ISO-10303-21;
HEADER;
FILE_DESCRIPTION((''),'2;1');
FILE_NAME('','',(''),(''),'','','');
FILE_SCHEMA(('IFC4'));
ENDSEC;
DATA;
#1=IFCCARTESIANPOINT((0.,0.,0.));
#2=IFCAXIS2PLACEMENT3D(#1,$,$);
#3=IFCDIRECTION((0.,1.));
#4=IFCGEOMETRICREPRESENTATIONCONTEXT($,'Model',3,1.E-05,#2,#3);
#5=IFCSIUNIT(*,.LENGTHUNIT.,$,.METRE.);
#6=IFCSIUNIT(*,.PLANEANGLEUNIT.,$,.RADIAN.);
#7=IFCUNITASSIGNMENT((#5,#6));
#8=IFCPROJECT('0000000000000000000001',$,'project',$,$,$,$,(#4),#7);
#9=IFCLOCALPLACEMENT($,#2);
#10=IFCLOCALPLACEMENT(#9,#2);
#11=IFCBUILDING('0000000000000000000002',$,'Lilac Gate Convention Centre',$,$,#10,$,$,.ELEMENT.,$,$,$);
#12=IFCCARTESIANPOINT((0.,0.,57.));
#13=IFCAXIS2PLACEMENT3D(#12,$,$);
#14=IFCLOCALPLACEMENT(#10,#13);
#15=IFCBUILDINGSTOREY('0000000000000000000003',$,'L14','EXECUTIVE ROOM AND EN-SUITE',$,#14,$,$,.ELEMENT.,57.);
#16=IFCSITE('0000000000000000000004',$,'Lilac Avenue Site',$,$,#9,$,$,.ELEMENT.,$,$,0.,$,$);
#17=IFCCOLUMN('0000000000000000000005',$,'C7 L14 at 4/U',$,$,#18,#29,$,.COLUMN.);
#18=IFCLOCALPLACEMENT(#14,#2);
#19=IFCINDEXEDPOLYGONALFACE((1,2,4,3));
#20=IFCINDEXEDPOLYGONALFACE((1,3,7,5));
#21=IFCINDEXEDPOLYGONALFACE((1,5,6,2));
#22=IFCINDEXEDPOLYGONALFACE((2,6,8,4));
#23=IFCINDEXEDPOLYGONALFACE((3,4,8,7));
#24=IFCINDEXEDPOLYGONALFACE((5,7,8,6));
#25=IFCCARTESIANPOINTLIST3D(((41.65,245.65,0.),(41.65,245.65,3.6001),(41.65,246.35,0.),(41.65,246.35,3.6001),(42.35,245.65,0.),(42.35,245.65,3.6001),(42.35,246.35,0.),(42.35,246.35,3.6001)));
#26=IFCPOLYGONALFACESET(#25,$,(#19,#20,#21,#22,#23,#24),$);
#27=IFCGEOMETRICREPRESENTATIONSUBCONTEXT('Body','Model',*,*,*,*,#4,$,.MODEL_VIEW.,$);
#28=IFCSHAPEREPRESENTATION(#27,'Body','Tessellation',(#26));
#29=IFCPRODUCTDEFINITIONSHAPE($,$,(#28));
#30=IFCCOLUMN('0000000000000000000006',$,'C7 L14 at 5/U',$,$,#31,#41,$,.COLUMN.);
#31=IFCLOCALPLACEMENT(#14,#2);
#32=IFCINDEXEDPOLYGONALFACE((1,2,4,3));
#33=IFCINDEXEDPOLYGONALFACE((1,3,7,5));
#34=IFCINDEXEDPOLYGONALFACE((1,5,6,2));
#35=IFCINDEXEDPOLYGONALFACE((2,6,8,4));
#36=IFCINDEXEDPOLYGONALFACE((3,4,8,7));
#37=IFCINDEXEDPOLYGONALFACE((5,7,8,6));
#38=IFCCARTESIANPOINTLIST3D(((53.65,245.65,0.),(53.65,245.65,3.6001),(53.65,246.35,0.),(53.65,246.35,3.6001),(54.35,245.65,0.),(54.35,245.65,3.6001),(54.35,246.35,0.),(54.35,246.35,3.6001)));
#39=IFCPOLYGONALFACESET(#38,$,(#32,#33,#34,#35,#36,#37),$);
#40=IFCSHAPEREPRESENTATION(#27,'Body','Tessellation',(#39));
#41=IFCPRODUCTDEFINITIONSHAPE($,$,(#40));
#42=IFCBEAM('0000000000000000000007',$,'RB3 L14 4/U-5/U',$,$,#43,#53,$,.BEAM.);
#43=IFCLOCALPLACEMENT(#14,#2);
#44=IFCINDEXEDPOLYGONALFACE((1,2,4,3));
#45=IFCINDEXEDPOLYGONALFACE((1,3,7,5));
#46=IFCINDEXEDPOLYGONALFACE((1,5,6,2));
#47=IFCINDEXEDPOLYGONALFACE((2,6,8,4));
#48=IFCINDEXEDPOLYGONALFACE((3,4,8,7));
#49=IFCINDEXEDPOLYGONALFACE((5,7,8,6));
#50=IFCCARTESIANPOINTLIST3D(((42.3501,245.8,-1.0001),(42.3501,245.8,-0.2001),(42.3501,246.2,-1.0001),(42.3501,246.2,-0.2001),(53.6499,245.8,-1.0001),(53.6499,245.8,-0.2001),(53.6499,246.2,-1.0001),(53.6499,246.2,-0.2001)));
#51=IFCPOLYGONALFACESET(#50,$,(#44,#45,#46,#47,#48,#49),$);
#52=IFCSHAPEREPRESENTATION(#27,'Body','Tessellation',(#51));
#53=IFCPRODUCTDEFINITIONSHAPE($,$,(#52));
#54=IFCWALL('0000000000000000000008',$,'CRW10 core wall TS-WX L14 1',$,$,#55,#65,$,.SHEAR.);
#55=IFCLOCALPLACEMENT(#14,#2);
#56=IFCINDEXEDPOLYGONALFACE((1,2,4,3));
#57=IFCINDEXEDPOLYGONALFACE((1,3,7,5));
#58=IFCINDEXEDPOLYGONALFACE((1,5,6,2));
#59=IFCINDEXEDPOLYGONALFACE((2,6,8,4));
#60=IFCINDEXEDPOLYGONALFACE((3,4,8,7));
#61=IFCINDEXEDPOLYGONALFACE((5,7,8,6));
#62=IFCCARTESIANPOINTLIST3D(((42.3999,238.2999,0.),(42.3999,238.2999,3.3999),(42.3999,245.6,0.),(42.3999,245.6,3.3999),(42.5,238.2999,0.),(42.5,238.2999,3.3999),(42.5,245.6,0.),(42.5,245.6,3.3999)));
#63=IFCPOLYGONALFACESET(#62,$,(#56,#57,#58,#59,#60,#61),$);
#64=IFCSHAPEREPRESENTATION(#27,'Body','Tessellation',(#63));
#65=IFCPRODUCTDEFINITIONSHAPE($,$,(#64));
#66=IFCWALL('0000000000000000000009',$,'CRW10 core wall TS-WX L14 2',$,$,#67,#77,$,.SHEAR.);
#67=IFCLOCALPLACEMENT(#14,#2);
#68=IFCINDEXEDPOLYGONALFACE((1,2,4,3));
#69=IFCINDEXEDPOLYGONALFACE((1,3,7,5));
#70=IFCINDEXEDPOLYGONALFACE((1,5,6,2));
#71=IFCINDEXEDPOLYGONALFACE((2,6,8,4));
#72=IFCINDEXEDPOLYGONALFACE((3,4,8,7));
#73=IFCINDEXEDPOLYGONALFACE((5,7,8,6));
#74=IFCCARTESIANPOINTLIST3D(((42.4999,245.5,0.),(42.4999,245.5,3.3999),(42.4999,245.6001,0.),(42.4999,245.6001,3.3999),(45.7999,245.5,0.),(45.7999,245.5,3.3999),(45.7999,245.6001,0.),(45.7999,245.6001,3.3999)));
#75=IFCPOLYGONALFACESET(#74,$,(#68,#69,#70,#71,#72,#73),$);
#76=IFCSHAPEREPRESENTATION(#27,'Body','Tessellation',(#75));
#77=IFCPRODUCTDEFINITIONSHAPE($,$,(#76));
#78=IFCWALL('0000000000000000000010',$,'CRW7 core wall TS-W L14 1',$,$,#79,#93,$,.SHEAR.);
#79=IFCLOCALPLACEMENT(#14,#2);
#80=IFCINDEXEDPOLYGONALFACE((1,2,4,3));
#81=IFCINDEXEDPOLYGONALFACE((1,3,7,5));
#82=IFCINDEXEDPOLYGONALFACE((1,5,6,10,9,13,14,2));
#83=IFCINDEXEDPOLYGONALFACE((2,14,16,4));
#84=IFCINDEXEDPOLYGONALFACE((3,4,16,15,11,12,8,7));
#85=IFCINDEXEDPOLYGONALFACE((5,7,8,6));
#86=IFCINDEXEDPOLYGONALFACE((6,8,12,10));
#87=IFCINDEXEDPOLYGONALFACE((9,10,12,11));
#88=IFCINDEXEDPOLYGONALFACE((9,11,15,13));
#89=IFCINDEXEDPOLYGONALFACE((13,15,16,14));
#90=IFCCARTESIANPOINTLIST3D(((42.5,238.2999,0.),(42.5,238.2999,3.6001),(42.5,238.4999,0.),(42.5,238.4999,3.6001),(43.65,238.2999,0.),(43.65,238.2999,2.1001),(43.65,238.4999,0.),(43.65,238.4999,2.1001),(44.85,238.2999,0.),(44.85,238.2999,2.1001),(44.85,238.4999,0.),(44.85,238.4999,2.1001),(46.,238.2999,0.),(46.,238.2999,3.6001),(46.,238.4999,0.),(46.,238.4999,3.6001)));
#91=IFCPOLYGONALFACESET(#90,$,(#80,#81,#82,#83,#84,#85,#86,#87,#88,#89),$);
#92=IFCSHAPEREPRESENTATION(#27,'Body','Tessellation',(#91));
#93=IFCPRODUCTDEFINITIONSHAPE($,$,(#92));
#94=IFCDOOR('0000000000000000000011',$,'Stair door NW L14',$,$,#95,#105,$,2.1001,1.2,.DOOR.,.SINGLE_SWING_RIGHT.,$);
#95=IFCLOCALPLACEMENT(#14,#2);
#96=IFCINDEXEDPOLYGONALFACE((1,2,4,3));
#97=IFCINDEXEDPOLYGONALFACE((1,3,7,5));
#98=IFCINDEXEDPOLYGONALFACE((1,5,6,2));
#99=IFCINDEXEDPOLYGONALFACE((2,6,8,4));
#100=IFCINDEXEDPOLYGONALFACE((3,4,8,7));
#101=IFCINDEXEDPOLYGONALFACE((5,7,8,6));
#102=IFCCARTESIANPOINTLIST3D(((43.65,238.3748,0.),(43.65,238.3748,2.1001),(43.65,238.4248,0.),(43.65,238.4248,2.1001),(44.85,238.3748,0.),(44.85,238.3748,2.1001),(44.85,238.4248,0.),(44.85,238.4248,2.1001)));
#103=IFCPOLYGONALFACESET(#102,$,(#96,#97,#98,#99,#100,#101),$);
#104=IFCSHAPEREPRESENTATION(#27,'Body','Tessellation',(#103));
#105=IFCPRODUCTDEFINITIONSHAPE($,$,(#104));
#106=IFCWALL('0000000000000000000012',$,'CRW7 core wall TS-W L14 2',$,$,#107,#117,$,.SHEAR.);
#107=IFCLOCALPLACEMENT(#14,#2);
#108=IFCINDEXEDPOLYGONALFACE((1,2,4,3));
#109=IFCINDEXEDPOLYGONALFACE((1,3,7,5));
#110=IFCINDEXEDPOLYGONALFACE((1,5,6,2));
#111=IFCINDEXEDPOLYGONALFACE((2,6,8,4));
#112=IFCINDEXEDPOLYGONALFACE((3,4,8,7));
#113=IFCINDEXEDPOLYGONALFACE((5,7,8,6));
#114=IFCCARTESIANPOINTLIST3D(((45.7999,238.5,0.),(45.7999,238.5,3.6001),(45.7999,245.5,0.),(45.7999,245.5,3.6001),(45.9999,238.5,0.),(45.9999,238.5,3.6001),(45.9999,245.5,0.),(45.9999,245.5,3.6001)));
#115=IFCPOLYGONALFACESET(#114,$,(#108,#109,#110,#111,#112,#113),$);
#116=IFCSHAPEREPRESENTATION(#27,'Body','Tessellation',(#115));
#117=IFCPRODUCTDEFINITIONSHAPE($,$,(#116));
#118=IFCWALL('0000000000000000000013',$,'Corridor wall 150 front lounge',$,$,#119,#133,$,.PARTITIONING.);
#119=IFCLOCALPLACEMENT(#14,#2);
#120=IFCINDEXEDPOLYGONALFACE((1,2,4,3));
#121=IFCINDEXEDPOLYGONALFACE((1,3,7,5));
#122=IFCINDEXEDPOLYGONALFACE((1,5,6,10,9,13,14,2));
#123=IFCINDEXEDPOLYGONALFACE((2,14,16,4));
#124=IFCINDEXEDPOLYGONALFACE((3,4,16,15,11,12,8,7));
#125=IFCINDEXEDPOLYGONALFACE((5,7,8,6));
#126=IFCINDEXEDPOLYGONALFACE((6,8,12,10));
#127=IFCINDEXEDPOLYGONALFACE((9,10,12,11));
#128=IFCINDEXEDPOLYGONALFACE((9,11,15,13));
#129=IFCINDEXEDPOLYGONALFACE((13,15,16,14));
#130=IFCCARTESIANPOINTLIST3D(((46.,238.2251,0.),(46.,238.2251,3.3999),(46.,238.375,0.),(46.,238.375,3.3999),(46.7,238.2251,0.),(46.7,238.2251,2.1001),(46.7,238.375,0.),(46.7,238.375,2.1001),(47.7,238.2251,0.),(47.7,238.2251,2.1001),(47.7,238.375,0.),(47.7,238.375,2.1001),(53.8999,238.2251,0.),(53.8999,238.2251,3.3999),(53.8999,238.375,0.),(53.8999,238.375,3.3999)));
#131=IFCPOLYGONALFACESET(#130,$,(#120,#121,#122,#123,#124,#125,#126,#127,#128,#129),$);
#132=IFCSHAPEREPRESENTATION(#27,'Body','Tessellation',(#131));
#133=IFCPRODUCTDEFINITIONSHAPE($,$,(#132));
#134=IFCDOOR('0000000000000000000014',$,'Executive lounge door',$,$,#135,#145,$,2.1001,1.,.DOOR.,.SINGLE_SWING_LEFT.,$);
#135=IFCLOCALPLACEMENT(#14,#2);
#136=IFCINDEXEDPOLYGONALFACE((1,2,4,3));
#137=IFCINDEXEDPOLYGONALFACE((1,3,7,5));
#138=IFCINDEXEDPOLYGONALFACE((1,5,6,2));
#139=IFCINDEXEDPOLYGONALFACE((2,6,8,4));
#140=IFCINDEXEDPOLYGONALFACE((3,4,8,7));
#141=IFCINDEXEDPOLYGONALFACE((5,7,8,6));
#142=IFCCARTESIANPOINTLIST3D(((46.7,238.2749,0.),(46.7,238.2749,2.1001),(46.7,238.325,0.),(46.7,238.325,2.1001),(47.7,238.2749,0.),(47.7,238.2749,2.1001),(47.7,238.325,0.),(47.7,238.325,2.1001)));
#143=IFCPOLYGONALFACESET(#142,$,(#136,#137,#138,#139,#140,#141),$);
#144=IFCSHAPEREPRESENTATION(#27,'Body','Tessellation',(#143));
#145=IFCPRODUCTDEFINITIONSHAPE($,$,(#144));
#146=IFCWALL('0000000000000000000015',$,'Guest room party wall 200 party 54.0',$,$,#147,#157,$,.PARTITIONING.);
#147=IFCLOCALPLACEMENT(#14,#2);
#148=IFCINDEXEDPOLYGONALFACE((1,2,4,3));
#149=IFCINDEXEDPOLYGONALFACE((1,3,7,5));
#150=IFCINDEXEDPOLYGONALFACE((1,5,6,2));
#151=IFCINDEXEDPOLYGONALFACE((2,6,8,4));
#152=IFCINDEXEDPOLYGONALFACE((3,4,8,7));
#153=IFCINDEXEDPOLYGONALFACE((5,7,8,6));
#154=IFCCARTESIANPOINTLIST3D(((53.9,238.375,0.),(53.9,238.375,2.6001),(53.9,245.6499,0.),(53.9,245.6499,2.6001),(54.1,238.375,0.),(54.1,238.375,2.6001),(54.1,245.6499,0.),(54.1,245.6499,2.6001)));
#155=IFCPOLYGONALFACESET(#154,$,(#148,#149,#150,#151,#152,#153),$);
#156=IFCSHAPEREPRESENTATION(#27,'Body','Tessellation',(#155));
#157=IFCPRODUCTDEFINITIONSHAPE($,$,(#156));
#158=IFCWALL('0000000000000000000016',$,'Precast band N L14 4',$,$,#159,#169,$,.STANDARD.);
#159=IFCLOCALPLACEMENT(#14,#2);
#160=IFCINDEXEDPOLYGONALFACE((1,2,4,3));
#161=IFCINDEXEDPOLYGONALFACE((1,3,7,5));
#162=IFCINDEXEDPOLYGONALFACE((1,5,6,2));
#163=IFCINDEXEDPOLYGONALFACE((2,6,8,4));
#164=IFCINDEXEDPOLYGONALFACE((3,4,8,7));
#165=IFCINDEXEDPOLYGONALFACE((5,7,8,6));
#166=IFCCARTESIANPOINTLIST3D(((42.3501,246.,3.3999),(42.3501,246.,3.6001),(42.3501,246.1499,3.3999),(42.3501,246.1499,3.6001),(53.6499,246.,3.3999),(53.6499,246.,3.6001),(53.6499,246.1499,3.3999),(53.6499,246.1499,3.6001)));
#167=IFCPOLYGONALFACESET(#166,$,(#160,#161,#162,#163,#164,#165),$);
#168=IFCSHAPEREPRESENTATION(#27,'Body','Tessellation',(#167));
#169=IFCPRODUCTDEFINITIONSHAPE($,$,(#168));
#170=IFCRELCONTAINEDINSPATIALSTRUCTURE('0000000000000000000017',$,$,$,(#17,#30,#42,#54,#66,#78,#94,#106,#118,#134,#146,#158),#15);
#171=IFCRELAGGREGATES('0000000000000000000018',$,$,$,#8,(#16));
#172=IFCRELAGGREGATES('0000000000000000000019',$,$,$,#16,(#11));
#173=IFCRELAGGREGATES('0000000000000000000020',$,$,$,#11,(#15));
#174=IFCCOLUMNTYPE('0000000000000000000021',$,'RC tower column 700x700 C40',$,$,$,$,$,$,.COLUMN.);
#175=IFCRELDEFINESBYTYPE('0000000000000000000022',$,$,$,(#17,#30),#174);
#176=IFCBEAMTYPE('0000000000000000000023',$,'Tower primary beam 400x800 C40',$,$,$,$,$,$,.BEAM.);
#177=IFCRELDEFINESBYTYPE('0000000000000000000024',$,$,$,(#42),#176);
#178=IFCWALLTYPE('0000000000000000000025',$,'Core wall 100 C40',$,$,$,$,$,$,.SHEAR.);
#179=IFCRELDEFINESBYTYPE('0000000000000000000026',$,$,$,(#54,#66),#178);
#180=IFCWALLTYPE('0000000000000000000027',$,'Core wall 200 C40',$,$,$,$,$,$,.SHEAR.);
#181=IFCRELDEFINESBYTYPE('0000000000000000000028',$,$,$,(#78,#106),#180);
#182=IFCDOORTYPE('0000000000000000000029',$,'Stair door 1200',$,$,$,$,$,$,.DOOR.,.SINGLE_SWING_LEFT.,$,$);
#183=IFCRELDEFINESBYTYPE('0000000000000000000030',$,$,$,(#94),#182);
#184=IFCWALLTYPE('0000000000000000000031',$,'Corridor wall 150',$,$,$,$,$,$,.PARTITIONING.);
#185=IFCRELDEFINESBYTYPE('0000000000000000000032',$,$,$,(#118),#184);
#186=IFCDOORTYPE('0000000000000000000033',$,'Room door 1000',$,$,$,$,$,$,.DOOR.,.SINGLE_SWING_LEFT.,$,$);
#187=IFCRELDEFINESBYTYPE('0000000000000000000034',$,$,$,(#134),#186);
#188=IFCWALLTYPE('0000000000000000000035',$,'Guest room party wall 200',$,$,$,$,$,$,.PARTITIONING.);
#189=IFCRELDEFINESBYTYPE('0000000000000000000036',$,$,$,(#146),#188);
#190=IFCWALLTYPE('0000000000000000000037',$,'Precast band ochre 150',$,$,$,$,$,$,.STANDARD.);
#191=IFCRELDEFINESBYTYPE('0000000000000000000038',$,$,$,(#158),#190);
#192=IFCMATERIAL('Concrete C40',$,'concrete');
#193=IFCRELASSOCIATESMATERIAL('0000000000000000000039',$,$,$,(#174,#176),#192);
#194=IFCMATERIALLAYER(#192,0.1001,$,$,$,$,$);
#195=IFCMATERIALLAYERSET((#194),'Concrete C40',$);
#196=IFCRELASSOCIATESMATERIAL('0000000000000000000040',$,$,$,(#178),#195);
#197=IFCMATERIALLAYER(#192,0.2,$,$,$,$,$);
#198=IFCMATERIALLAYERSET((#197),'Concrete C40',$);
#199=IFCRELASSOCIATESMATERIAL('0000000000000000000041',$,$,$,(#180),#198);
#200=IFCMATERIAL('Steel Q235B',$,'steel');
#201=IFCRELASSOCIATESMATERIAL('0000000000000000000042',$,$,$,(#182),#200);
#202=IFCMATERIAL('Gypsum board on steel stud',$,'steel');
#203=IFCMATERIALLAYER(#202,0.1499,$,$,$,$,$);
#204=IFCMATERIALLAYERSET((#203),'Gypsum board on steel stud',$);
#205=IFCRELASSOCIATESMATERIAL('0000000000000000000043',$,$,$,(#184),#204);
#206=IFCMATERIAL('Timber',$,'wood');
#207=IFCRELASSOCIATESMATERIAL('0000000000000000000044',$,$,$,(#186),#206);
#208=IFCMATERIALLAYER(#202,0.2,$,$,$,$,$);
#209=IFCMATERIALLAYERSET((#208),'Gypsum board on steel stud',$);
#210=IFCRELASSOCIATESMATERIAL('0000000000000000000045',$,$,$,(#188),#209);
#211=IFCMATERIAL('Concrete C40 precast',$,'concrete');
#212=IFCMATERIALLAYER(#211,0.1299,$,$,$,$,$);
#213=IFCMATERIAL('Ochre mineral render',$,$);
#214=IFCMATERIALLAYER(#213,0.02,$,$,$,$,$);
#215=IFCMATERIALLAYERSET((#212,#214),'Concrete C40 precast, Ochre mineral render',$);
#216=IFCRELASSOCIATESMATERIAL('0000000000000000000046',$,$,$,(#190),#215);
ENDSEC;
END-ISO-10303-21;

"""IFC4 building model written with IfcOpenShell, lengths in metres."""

from ifc_helpers import new_model, si_unit, direction, frame, frame_2d, origin, origin_2d, place, context, subcontext, project, spatial, rectangle, extrude, material, layer, layer_set, material_profile, profile_set, type_object, element, fill, save


model = new_model("IFC4")

# Units and contexts
model_context = context("Model", 3, precision=1e-05, world=origin(), true_north=direction((0.0, 1.0)))
body_context = subcontext(model_context, "Body", "Model", "MODEL_VIEW")
ifc_project = project(units=[si_unit("LENGTHUNIT", "METRE"), si_unit("PLANEANGLEUNIT", "RADIAN")], contexts=[model_context])

# Site, building, storey
site_placement = place(None, origin())
site = spatial("IfcSite", under=ifc_project, at=site_placement, Name="Lilac Avenue Site", CompositionType="ELEMENT", RefElevation=0.0)
building_placement = place(site_placement, origin())
building = spatial("IfcBuilding", under=site, at=building_placement, Name="Lilac Gate Convention Centre", CompositionType="ELEMENT")
storey_placement = place(building_placement, frame((0.0, 0.0, 57.0)))
storey = spatial("IfcBuildingStorey", under=building, at=storey_placement, Name="L14", Description="EXECUTIVE ROOM AND EN-SUITE", CompositionType="ELEMENT", Elevation=57.0)

# Columns
ifc_material_1 = material(Name="Concrete C40", Category="concrete")
ifc_material_profile_1 = material_profile(ifc_material_1, rectangle(XDim=0.7, YDim=0.7, at=origin_2d()), Name="RC 700x700")
ifc_profile_set_1 = profile_set([ifc_material_profile_1], Name="Concrete C40")
column_type = type_object("IfcColumnType", Name="RC tower column 700x700 C40", PredefinedType="COLUMN", material=ifc_profile_set_1)
for number, where, z_axis, x_axis, name in (
    (1, (42.0, 246.0, 0.0), (0.0, 0.0, 1.0), (1.0, 0.0, 0.0), "C7 L14 at 4/U"),
    (2, (54.0, 246.0, 0.0), (0.0, 0.0, 1.0), (1.0, 0.0, 0.0), "C7 L14 at 5/U"),
):
    element("IfcColumn", number, at=place(storey_placement, frame(where, z_axis=z_axis, x_axis=x_axis)), inside=storey, type_object=column_type, Name=name, PredefinedType="COLUMN", context=body_context, shape_type="SweptSolid", body=[
        extrude(rectangle(XDim=0.7, YDim=0.7, at=origin_2d()), origin(), (0.0, 0.0, 1.0), 3.6001),
    ])

# Beam
ifc_material_profile_2 = material_profile(ifc_material_1, rectangle(XDim=0.3999, YDim=0.8, at=origin_2d()), Name="RC 400x800")
ifc_profile_set_2 = profile_set([ifc_material_profile_2], Name="Concrete C40")
beam_type = type_object("IfcBeamType", Name="Tower primary beam 400x800 C40", PredefinedType="BEAM", material=ifc_profile_set_2)
beam_placement = place(storey_placement, frame((42.3501, 246.0, -0.6001), z_axis=(1.0, 0.0, 0.0), x_axis=(0.0, 1.0, 0.0)))
element("IfcBeam", 3, at=beam_placement, inside=storey, type_object=beam_type, Name="RB3 L14 4/U-5/U", PredefinedType="BEAM", context=body_context, shape_type="SweptSolid", body=[
    extrude(rectangle(XDim=0.3999, YDim=0.8, at=origin_2d()), origin(), (0.0, 0.0, 1.0), 11.2998),
])

# Walls
ifc_layer_1 = layer(ifc_material_1, 0.1001)
ifc_layer_set_1 = layer_set([ifc_layer_1], Name="Concrete C40")
wall_type_1 = type_object("IfcWallType", Name="Core wall 100 C40", PredefinedType="SHEAR", material=ifc_layer_set_1)
wall_1_placement = place(storey_placement, frame((42.45, 238.3, 0.0), z_axis=(0.0, 0.0, 1.0), x_axis=(0.0, 1.0, 0.0)))
element("IfcWall", 4, at=wall_1_placement, inside=storey, type_object=wall_type_1, Name="CRW10 core wall TS-WX L14 1", PredefinedType="SHEAR", context=body_context, shape_type="SweptSolid", body=[
    extrude(rectangle(XDim=7.3, YDim=0.1001, at=frame_2d((3.6499, 0.0))), origin(), (0.0, 0.0, 1.0), 3.3999),
])
wall_2_placement = place(storey_placement, frame((42.5, 245.55, 0.0), z_axis=(0.0, 0.0, 1.0), x_axis=(1.0, 0.0, 0.0)))
element("IfcWall", 5, at=wall_2_placement, inside=storey, type_object=wall_type_1, Name="CRW10 core wall TS-WX L14 2", PredefinedType="SHEAR", context=body_context, shape_type="SweptSolid", body=[
    extrude(rectangle(XDim=3.3, YDim=0.1001, at=frame_2d((1.6499, 0.0))), origin(), (0.0, 0.0, 1.0), 3.3999),
])

# Wall, opening, door
ifc_layer_2 = layer(ifc_material_1, 0.2)
ifc_layer_set_2 = layer_set([ifc_layer_2], Name="Concrete C40")
wall_type_2 = type_object("IfcWallType", Name="Core wall 200 C40", PredefinedType="SHEAR", material=ifc_layer_set_2)
wall_3_placement = place(storey_placement, frame((42.5, 238.3999, 0.0), z_axis=(0.0, 0.0, 1.0), x_axis=(1.0, 0.0, 0.0)))
wall_3 = element("IfcWall", 6, at=wall_3_placement, inside=storey, type_object=wall_type_2, Name="CRW7 core wall TS-W L14 1", PredefinedType="SHEAR", context=body_context, shape_type="SweptSolid", body=[
    extrude(rectangle(XDim=3.5, YDim=0.2, at=frame_2d((1.75, 0.0))), origin(), (0.0, 0.0, 1.0), 3.6001),
])
opening_1_placement = place(wall_3_placement, frame((1.1499, 0.0, 0.0)))
opening_1 = element("IfcOpeningElement", 7, at=opening_1_placement, cuts=wall_3, PredefinedType="OPENING", context=body_context, shape_type="SweptSolid", body=[
    extrude(rectangle(XDim=1.2, YDim=2.1001, at=frame_2d((0.6001, 1.05))), frame((0.0, 0.1099, 0.0), z_axis=(0.0, -1.0, 0.0), x_axis=(1.0, 0.0, 0.0)), (0.0, 0.0, 1.0), 0.22),
])
ifc_material_2 = material(Name="Steel Q235B", Category="steel")
door_type_1 = type_object("IfcDoorType", Name="Stair door 1200", OperationType="SINGLE_SWING_LEFT", PredefinedType="DOOR", material=ifc_material_2)
door_1_placement = place(opening_1_placement, origin())
door_1 = element("IfcDoor", 8, at=door_1_placement, inside=storey, type_object=door_type_1, Name="Stair door NW L14", OperationType="SINGLE_SWING_RIGHT", OverallHeight=2.1001, OverallWidth=1.2, PredefinedType="DOOR", context=body_context, shape_type="SweptSolid", body=[
    extrude(rectangle(XDim=1.2, YDim=2.1001, at=frame_2d((0.6001, 1.05))), frame((0.0, 0.0249, 0.0), z_axis=(0.0, -1.0, 0.0), x_axis=(1.0, 0.0, 0.0)), (0.0, 0.0, 1.0), 0.05),
])
fill(opening_1, door_1)

# Wall
wall_4_placement = place(storey_placement, frame((45.8999, 238.5, 0.0), z_axis=(0.0, 0.0, 1.0), x_axis=(0.0, 1.0, 0.0)))
element("IfcWall", 9, at=wall_4_placement, inside=storey, type_object=wall_type_2, Name="CRW7 core wall TS-W L14 2", PredefinedType="SHEAR", context=body_context, shape_type="SweptSolid", body=[
    extrude(rectangle(XDim=7.0, YDim=0.2, at=frame_2d((3.5, 0.0))), origin(), (0.0, 0.0, 1.0), 3.6001),
])

# Wall, opening, door
ifc_material_3 = material(Name="Gypsum board on steel stud", Category="steel")
ifc_layer_3 = layer(ifc_material_3, 0.1499)
ifc_layer_set_3 = layer_set([ifc_layer_3], Name="Gypsum board on steel stud")
wall_type_3 = type_object("IfcWallType", Name="Corridor wall 150", PredefinedType="PARTITIONING", material=ifc_layer_set_3)
wall_5_placement = place(storey_placement, frame((46.0, 238.3, 0.0), z_axis=(0.0, 0.0, 1.0), x_axis=(1.0, 0.0, 0.0)))
wall_5 = element("IfcWall", 10, at=wall_5_placement, inside=storey, type_object=wall_type_3, Name="Corridor wall 150 front lounge", PredefinedType="PARTITIONING", context=body_context, shape_type="SweptSolid", body=[
    extrude(rectangle(XDim=7.8999, YDim=0.1499, at=frame_2d((3.95, 0.0))), origin(), (0.0, 0.0, 1.0), 3.3999),
])
opening_2_placement = place(wall_5_placement, frame((0.7, 0.0, 0.0)))
opening_2 = element("IfcOpeningElement", 11, at=opening_2_placement, cuts=wall_5, PredefinedType="OPENING", context=body_context, shape_type="SweptSolid", body=[
    extrude(rectangle(XDim=1.0, YDim=2.1001, at=frame_2d((0.5, 1.05))), frame((0.0, 0.085, 0.0), z_axis=(0.0, -1.0, 0.0), x_axis=(1.0, 0.0, 0.0)), (0.0, 0.0, 1.0), 0.1699),
])
ifc_material_4 = material(Name="Timber", Category="wood")
door_type_2 = type_object("IfcDoorType", Name="Room door 1000", OperationType="SINGLE_SWING_LEFT", PredefinedType="DOOR", material=ifc_material_4)
door_2_placement = place(opening_2_placement, origin())
door_2 = element("IfcDoor", 12, at=door_2_placement, inside=storey, type_object=door_type_2, Name="Executive lounge door", OperationType="SINGLE_SWING_LEFT", OverallHeight=2.1001, OverallWidth=1.0, PredefinedType="DOOR", context=body_context, shape_type="SweptSolid", body=[
    extrude(rectangle(XDim=1.0, YDim=2.1001, at=frame_2d((0.5, 1.05))), frame((0.0, 0.0249, 0.0), z_axis=(0.0, -1.0, 0.0), x_axis=(1.0, 0.0, 0.0)), (0.0, 0.0, 1.0), 0.05),
])
fill(opening_2, door_2)

# Walls
ifc_layer_4 = layer(ifc_material_3, 0.2)
ifc_layer_set_4 = layer_set([ifc_layer_4], Name="Gypsum board on steel stud")
wall_type_4 = type_object("IfcWallType", Name="Guest room party wall 200", PredefinedType="PARTITIONING", material=ifc_layer_set_4)
wall_6_placement = place(storey_placement, frame((54.0, 245.6499, 0.0), z_axis=(0.0, 0.0, 1.0), x_axis=(0.0, -1.0, 0.0)))
element("IfcWall", 13, at=wall_6_placement, inside=storey, type_object=wall_type_4, Name="Guest room party wall 200 party 54.0", PredefinedType="PARTITIONING", context=body_context, shape_type="SweptSolid", body=[
    extrude(rectangle(XDim=7.2749, YDim=0.2, at=frame_2d((3.6375, 0.0))), origin(), (0.0, 0.0, 1.0), 2.6001),
])
ifc_material_5 = material(Name="Concrete C40 precast", Category="concrete")
ifc_layer_5 = layer(ifc_material_5, 0.1299)
ifc_material_6 = material(Name="Ochre mineral render")
ifc_layer_6 = layer(ifc_material_6, 0.02)
ifc_layer_set_5 = layer_set([ifc_layer_5, ifc_layer_6], Name="Concrete C40 precast, Ochre mineral render")
wall_type_5 = type_object("IfcWallType", Name="Precast band ochre 150", PredefinedType="STANDARD", material=ifc_layer_set_5)
for number, where, z_axis, x_axis, name in (
    (14, (53.6499, 246.075, 3.3999), (0.0, 0.0, 1.0), (-1.0, 0.0, 0.0), "Precast band N L14 4"),
):
    element("IfcWall", number, at=place(storey_placement, frame(where, z_axis=z_axis, x_axis=x_axis)), inside=storey, type_object=wall_type_5, Name=name, PredefinedType="STANDARD", context=body_context, shape_type="SweptSolid", body=[
        extrude(rectangle(XDim=11.2998, YDim=0.1499, at=frame_2d((5.6499, 0.0))), origin(), (0.0, 0.0, 1.0), 0.2002),
    ])

save(model, "model.ifc")
